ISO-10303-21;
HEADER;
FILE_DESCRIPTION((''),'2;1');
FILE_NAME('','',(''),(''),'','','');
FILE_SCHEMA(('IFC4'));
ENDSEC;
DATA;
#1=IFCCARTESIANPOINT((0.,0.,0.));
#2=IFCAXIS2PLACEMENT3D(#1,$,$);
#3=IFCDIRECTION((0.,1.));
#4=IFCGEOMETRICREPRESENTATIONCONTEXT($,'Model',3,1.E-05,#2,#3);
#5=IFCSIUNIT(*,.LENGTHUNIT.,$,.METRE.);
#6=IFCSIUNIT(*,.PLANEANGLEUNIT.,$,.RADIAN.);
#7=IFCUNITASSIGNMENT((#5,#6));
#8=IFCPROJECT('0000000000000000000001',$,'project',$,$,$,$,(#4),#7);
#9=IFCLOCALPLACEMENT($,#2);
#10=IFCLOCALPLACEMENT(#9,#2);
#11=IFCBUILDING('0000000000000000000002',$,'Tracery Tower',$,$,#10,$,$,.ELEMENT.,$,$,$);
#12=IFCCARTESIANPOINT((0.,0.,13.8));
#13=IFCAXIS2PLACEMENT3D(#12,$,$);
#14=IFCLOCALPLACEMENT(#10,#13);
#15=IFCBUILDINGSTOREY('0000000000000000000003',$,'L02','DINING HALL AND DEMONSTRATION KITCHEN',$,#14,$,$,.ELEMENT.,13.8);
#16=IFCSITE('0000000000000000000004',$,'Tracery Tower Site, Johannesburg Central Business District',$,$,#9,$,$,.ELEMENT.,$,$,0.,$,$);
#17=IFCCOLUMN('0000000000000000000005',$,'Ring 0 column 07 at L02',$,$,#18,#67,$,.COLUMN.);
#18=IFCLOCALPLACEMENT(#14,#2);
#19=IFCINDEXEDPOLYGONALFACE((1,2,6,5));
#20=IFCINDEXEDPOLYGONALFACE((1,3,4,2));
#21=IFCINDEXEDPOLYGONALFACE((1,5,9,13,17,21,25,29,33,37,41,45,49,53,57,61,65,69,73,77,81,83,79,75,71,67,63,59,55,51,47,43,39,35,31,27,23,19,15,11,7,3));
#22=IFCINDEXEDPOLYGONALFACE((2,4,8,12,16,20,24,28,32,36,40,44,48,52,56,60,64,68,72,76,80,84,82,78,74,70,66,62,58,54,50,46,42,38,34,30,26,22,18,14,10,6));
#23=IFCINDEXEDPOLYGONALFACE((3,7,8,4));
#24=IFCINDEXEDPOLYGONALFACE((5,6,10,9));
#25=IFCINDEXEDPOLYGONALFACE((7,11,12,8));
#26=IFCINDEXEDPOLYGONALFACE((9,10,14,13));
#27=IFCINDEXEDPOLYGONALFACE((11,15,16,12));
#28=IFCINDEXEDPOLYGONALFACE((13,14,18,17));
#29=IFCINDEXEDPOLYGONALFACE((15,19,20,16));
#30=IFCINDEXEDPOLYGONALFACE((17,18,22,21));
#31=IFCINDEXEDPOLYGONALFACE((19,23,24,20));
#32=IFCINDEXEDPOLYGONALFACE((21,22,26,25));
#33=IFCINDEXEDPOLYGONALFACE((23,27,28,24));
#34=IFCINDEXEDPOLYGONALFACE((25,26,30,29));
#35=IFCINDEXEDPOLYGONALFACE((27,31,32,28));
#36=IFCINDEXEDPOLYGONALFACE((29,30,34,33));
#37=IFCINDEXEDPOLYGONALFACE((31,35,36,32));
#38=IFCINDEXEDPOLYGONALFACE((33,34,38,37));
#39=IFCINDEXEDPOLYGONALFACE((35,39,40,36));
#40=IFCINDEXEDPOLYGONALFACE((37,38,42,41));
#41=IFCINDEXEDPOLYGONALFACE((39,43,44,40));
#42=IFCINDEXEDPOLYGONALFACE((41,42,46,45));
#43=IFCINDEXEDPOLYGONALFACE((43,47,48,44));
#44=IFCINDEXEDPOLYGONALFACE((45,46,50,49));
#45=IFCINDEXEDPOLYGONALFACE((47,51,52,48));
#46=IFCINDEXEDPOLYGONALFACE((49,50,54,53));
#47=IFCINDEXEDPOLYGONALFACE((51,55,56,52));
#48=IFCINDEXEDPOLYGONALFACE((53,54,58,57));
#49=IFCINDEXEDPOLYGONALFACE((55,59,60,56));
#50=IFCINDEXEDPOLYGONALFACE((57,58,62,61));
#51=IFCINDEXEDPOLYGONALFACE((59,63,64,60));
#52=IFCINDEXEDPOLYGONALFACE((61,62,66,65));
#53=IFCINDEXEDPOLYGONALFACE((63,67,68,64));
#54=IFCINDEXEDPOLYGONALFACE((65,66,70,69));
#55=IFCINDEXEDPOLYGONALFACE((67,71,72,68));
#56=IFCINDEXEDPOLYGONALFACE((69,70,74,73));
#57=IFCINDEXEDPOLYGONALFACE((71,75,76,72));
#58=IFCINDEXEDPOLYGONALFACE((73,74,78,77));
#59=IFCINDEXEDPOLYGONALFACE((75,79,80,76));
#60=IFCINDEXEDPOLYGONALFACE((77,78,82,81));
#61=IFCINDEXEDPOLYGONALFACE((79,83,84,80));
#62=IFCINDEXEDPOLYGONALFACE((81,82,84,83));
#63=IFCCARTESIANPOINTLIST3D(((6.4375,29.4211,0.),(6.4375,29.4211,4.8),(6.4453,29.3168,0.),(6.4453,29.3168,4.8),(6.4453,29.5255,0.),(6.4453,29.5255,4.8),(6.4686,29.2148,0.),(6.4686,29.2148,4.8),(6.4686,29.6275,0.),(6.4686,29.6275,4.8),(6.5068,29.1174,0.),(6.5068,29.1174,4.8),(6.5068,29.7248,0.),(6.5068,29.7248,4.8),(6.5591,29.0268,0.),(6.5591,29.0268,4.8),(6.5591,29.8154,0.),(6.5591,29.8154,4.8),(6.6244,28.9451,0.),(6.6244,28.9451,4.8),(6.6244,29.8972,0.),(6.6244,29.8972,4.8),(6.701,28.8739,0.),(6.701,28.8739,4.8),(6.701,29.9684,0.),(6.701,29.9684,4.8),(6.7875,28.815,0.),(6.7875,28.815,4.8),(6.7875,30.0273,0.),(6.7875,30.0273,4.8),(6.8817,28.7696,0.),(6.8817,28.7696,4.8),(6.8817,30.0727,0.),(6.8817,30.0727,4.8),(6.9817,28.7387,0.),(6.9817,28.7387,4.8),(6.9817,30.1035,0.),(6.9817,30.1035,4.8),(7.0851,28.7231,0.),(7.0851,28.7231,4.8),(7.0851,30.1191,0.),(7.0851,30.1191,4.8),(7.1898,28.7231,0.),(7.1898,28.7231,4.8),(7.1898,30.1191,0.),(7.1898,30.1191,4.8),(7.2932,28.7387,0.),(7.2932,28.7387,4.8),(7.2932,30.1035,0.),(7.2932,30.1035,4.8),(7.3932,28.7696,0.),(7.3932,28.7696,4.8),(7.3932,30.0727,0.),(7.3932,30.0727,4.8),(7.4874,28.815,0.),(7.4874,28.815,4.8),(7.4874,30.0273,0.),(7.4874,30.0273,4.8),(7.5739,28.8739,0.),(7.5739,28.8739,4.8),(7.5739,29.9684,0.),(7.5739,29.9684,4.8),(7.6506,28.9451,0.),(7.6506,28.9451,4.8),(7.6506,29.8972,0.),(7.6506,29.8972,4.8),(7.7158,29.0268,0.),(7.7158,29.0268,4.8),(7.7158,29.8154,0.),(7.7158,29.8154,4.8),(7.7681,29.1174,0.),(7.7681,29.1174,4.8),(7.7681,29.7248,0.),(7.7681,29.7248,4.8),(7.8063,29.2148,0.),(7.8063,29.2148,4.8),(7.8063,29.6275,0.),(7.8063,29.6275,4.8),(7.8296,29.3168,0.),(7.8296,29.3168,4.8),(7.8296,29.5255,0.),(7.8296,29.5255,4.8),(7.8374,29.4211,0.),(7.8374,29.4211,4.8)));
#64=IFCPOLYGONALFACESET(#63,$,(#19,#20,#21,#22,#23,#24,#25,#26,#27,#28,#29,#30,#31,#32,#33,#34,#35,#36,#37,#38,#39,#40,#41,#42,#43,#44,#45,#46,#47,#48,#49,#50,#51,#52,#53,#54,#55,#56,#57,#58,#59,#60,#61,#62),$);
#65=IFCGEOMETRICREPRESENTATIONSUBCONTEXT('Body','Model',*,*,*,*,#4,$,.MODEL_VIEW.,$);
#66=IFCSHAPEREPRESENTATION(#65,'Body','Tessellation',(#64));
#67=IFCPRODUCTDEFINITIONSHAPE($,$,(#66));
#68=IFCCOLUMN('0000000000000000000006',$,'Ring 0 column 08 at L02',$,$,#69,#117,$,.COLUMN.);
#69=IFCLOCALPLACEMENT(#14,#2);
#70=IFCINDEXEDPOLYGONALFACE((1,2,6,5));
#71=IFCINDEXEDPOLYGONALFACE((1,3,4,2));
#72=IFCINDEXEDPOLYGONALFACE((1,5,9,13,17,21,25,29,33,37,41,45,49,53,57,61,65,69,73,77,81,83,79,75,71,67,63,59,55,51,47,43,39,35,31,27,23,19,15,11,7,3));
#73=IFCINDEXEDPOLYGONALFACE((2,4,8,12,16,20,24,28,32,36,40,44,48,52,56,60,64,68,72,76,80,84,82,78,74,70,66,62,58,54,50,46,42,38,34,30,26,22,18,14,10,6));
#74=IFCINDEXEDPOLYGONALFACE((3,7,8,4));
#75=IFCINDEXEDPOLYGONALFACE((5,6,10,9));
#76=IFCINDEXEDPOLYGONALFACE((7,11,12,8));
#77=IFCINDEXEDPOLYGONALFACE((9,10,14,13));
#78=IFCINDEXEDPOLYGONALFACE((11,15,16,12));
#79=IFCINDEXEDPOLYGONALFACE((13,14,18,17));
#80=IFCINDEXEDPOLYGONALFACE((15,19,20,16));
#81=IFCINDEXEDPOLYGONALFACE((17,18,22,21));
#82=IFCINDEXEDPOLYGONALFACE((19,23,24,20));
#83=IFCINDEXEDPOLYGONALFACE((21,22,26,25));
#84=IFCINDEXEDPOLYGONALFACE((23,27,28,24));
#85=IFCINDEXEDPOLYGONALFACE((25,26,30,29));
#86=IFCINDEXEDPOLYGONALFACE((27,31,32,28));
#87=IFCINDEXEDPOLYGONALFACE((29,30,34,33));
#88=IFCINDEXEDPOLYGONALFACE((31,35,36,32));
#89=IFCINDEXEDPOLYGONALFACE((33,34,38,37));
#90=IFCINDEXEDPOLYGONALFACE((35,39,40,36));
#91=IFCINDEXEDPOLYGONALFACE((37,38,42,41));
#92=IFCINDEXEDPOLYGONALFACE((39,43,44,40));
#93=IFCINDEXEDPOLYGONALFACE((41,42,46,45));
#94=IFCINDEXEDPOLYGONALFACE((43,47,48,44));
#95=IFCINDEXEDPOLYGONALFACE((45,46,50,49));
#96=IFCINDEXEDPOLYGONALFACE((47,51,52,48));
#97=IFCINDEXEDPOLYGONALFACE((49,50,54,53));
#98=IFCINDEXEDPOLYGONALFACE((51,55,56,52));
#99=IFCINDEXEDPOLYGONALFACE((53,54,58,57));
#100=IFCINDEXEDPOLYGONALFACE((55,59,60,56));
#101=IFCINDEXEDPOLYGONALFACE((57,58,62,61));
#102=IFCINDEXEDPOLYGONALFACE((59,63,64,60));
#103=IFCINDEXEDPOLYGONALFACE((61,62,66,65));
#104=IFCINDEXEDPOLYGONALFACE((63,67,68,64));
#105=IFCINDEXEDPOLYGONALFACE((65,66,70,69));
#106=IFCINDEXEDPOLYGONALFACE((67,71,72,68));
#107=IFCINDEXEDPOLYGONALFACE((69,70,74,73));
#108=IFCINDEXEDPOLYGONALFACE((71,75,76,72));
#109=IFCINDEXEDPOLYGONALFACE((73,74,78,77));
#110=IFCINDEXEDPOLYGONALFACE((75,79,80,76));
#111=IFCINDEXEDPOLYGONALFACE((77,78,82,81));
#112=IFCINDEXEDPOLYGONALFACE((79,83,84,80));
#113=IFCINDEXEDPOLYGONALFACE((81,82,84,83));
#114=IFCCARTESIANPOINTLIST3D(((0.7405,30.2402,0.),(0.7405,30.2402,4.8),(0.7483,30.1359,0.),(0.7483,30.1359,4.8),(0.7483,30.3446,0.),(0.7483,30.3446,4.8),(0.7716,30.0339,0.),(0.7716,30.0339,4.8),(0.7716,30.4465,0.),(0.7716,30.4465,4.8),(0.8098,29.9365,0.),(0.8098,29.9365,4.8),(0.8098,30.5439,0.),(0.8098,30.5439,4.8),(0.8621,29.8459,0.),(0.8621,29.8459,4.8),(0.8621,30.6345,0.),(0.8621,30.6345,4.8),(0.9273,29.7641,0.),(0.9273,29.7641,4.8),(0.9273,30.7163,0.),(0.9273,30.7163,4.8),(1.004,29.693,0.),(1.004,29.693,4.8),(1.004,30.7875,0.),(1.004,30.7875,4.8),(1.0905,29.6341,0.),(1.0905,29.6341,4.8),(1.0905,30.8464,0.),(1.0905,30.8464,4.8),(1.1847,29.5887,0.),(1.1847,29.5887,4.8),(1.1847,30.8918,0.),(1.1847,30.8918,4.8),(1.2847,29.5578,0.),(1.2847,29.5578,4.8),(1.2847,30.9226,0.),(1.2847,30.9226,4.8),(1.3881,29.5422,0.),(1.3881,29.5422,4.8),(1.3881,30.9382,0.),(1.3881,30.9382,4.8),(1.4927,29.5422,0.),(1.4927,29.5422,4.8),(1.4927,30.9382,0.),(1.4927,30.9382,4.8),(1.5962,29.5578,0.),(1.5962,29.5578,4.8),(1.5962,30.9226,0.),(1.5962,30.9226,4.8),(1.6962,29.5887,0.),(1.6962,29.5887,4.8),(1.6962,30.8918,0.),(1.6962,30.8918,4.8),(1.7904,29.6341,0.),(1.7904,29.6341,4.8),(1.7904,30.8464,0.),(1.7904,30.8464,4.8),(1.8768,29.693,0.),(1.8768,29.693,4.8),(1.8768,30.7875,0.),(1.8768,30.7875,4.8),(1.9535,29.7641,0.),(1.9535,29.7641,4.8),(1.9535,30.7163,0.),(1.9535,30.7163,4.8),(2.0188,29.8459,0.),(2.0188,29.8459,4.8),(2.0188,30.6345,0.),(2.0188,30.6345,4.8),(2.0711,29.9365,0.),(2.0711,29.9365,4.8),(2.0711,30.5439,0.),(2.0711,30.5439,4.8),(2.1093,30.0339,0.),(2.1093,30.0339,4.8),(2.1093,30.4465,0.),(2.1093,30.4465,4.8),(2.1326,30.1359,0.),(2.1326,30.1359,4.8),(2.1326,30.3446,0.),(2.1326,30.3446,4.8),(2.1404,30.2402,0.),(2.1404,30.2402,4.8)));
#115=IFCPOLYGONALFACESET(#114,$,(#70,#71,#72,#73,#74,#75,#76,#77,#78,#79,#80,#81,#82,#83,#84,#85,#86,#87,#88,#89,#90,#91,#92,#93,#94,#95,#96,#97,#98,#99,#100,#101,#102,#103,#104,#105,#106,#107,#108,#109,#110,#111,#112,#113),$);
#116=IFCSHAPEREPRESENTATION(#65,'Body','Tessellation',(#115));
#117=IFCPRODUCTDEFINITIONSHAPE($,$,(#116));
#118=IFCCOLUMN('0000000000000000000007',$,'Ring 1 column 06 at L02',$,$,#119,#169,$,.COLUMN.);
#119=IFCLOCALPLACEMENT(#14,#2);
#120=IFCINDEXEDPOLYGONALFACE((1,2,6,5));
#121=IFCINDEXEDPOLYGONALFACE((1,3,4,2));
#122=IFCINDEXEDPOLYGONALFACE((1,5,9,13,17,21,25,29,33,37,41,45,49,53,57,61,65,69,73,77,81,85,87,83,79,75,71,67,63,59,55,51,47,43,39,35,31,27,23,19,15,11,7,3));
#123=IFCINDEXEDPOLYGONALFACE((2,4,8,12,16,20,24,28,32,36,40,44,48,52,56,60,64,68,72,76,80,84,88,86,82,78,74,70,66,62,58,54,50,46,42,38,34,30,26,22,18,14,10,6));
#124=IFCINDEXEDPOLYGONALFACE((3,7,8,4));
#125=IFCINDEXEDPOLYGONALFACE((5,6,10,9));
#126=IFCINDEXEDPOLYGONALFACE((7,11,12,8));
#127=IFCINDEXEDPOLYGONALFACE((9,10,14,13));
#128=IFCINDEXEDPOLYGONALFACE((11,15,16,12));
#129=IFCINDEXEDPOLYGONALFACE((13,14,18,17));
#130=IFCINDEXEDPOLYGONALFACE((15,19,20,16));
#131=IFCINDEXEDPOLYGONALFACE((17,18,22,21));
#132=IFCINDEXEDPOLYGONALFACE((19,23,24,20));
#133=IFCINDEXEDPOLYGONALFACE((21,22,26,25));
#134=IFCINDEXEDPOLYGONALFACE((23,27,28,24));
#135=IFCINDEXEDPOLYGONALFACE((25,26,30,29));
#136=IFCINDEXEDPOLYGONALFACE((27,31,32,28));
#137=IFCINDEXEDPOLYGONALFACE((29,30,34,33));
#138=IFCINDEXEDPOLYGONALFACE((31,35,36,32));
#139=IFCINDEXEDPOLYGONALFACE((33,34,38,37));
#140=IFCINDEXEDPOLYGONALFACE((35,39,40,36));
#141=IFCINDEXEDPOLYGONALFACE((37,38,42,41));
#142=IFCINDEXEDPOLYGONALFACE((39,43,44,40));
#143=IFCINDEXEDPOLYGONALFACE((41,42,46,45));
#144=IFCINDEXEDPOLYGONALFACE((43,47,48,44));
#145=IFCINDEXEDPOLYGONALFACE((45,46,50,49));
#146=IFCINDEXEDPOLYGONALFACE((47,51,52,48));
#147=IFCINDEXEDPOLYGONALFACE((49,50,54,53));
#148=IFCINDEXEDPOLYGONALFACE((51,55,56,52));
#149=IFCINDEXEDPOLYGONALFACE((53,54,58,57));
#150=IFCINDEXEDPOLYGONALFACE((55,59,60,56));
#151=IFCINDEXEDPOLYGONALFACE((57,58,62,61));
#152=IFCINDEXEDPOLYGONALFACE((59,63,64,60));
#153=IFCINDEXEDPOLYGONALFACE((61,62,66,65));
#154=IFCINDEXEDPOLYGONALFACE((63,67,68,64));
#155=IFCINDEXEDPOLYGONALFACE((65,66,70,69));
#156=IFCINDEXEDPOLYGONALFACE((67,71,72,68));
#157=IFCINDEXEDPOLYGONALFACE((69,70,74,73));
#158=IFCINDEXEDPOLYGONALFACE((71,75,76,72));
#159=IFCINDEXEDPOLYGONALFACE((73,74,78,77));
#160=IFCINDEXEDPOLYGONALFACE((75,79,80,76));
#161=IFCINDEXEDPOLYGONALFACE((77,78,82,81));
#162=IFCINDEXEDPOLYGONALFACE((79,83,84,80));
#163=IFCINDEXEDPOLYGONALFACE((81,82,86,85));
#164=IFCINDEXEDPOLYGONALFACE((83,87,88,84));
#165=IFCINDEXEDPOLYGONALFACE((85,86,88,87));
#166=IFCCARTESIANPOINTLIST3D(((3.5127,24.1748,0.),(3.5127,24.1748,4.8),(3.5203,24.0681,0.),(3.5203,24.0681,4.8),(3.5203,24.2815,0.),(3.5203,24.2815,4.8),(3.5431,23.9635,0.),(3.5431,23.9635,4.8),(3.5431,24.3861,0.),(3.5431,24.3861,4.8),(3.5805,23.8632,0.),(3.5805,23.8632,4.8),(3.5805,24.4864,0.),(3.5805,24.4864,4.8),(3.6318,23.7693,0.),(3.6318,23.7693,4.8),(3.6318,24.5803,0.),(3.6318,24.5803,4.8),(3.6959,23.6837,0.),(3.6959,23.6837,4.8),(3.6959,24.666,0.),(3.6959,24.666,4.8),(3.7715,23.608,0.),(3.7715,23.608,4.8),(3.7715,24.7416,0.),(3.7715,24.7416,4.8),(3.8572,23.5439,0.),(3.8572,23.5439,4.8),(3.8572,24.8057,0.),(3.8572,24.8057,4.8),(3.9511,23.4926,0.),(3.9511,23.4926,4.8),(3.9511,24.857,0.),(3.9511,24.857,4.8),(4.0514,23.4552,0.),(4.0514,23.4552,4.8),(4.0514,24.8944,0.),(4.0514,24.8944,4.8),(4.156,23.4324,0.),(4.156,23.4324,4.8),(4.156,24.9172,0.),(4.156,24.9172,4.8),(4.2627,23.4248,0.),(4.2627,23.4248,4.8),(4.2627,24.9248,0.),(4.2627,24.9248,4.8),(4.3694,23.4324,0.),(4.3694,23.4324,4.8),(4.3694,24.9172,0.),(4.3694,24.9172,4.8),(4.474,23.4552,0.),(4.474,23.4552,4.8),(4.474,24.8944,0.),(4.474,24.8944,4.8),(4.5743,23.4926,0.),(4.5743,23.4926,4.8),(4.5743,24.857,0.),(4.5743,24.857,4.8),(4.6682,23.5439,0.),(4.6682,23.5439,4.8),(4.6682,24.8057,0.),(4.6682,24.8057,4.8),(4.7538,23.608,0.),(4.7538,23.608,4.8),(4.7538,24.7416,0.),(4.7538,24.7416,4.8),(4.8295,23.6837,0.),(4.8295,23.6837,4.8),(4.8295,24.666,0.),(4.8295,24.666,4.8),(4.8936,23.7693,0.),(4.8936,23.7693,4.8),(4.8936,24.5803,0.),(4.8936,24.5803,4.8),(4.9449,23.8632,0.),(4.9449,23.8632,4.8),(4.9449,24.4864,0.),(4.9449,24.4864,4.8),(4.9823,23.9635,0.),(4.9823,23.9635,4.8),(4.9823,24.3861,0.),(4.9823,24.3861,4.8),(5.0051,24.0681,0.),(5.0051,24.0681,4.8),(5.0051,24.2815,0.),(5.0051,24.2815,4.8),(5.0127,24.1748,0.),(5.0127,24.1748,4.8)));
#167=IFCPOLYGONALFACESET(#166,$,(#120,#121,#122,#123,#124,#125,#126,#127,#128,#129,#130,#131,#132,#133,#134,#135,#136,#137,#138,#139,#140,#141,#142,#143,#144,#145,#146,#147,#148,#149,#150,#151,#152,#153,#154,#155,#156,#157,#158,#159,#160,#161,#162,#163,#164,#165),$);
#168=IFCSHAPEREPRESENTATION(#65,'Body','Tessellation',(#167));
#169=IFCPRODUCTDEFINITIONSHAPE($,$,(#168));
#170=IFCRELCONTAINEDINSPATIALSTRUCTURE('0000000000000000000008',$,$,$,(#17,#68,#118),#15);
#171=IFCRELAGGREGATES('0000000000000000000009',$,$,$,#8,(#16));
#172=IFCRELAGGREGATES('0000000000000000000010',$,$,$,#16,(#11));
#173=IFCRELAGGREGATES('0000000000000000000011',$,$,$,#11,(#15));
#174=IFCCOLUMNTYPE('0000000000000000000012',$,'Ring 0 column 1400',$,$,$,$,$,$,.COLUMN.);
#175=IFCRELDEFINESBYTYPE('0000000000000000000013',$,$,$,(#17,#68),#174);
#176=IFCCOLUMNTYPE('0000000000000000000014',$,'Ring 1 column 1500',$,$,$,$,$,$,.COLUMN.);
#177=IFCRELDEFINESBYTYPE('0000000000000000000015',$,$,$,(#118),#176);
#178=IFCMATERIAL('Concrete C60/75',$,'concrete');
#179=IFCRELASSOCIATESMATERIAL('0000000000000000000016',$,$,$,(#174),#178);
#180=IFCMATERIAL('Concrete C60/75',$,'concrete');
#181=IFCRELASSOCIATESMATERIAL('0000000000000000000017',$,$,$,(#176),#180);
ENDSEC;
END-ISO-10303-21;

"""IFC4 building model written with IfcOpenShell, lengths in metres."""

from ifc_helpers import new_model, si_unit, direction, frame, origin, origin_2d, place, context, subcontext, project, spatial, circle, extrude, material, material_profile, profile_set, type_object, element, save


model = new_model("IFC4")

# Units and contexts
model_context = context("Model", 3, precision=1e-05, world=origin(), true_north=direction((0.0, 1.0)))
body_context = subcontext(model_context, "Body", "Model", "MODEL_VIEW")
ifc_project = project(units=[si_unit("LENGTHUNIT", "METRE"), si_unit("PLANEANGLEUNIT", "RADIAN")], contexts=[model_context])

# Site, building, storey
site_placement = place(None, origin())
site = spatial("IfcSite", under=ifc_project, at=site_placement, Name="Tracery Tower Site, Johannesburg Central Business District", CompositionType="ELEMENT", RefElevation=0.0)
building_placement = place(site_placement, origin())
building = spatial("IfcBuilding", under=site, at=building_placement, Name="Tracery Tower", CompositionType="ELEMENT")
storey_placement = place(building_placement, frame((0.0, 0.0, 13.8)))
storey = spatial("IfcBuildingStorey", under=building, at=storey_placement, Name="L02", Description="DINING HALL AND DEMONSTRATION KITCHEN", CompositionType="ELEMENT", Elevation=13.8)

# Columns
ifc_material_1 = material(Name="Concrete C60/75", Category="concrete")
ifc_material_profile_1 = material_profile(ifc_material_1, circle(Radius=0.7, at=origin_2d()), Name="RC D1400")
ifc_profile_set_1 = profile_set([ifc_material_profile_1], Name="Concrete C60/75")
column_type_1 = type_object("IfcColumnType", Name="Ring 0 column 1400", PredefinedType="COLUMN", material=ifc_profile_set_1)
for number, where, z_axis, x_axis, name in (
    (1, (7.1375, 29.4211, 0.0), (0.0, 0.0, 1.0), (1.0, 0.0, 0.0), "Ring 0 column 07 at L02"),
    (2, (1.4404, 30.2402, 0.0), (0.0, 0.0, 1.0), (1.0, 0.0, 0.0), "Ring 0 column 08 at L02"),
):
    element("IfcColumn", number, at=place(storey_placement, frame(where, z_axis=z_axis, x_axis=x_axis)), inside=storey, type_object=column_type_1, Name=name, PredefinedType="COLUMN", context=body_context, shape_type="SweptSolid", body=[
        extrude(circle(Radius=0.7, at=origin_2d()), origin(), (0.0, 0.0, 1.0), 4.8),
    ])
ifc_material_2 = material(Name="Concrete C60/75", Category="concrete")
ifc_material_profile_2 = material_profile(ifc_material_2, circle(Radius=0.75, at=origin_2d()), Name="RC D1500")
ifc_profile_set_2 = profile_set([ifc_material_profile_2], Name="Concrete C60/75")
column_type_2 = type_object("IfcColumnType", Name="Ring 1 column 1500", PredefinedType="COLUMN", material=ifc_profile_set_2)
column_1_placement = place(storey_placement, frame((4.2627, 24.1748, 0.0), z_axis=(0.0, 0.0, 1.0), x_axis=(1.0, 0.0, 0.0)))
element("IfcColumn", 3, at=column_1_placement, inside=storey, type_object=column_type_2, Name="Ring 1 column 06 at L02", PredefinedType="COLUMN", context=body_context, shape_type="SweptSolid", body=[
    extrude(circle(Radius=0.75, at=origin_2d()), origin(), (0.0, 0.0, 1.0), 4.8),
])

save(model, "model.ifc")
